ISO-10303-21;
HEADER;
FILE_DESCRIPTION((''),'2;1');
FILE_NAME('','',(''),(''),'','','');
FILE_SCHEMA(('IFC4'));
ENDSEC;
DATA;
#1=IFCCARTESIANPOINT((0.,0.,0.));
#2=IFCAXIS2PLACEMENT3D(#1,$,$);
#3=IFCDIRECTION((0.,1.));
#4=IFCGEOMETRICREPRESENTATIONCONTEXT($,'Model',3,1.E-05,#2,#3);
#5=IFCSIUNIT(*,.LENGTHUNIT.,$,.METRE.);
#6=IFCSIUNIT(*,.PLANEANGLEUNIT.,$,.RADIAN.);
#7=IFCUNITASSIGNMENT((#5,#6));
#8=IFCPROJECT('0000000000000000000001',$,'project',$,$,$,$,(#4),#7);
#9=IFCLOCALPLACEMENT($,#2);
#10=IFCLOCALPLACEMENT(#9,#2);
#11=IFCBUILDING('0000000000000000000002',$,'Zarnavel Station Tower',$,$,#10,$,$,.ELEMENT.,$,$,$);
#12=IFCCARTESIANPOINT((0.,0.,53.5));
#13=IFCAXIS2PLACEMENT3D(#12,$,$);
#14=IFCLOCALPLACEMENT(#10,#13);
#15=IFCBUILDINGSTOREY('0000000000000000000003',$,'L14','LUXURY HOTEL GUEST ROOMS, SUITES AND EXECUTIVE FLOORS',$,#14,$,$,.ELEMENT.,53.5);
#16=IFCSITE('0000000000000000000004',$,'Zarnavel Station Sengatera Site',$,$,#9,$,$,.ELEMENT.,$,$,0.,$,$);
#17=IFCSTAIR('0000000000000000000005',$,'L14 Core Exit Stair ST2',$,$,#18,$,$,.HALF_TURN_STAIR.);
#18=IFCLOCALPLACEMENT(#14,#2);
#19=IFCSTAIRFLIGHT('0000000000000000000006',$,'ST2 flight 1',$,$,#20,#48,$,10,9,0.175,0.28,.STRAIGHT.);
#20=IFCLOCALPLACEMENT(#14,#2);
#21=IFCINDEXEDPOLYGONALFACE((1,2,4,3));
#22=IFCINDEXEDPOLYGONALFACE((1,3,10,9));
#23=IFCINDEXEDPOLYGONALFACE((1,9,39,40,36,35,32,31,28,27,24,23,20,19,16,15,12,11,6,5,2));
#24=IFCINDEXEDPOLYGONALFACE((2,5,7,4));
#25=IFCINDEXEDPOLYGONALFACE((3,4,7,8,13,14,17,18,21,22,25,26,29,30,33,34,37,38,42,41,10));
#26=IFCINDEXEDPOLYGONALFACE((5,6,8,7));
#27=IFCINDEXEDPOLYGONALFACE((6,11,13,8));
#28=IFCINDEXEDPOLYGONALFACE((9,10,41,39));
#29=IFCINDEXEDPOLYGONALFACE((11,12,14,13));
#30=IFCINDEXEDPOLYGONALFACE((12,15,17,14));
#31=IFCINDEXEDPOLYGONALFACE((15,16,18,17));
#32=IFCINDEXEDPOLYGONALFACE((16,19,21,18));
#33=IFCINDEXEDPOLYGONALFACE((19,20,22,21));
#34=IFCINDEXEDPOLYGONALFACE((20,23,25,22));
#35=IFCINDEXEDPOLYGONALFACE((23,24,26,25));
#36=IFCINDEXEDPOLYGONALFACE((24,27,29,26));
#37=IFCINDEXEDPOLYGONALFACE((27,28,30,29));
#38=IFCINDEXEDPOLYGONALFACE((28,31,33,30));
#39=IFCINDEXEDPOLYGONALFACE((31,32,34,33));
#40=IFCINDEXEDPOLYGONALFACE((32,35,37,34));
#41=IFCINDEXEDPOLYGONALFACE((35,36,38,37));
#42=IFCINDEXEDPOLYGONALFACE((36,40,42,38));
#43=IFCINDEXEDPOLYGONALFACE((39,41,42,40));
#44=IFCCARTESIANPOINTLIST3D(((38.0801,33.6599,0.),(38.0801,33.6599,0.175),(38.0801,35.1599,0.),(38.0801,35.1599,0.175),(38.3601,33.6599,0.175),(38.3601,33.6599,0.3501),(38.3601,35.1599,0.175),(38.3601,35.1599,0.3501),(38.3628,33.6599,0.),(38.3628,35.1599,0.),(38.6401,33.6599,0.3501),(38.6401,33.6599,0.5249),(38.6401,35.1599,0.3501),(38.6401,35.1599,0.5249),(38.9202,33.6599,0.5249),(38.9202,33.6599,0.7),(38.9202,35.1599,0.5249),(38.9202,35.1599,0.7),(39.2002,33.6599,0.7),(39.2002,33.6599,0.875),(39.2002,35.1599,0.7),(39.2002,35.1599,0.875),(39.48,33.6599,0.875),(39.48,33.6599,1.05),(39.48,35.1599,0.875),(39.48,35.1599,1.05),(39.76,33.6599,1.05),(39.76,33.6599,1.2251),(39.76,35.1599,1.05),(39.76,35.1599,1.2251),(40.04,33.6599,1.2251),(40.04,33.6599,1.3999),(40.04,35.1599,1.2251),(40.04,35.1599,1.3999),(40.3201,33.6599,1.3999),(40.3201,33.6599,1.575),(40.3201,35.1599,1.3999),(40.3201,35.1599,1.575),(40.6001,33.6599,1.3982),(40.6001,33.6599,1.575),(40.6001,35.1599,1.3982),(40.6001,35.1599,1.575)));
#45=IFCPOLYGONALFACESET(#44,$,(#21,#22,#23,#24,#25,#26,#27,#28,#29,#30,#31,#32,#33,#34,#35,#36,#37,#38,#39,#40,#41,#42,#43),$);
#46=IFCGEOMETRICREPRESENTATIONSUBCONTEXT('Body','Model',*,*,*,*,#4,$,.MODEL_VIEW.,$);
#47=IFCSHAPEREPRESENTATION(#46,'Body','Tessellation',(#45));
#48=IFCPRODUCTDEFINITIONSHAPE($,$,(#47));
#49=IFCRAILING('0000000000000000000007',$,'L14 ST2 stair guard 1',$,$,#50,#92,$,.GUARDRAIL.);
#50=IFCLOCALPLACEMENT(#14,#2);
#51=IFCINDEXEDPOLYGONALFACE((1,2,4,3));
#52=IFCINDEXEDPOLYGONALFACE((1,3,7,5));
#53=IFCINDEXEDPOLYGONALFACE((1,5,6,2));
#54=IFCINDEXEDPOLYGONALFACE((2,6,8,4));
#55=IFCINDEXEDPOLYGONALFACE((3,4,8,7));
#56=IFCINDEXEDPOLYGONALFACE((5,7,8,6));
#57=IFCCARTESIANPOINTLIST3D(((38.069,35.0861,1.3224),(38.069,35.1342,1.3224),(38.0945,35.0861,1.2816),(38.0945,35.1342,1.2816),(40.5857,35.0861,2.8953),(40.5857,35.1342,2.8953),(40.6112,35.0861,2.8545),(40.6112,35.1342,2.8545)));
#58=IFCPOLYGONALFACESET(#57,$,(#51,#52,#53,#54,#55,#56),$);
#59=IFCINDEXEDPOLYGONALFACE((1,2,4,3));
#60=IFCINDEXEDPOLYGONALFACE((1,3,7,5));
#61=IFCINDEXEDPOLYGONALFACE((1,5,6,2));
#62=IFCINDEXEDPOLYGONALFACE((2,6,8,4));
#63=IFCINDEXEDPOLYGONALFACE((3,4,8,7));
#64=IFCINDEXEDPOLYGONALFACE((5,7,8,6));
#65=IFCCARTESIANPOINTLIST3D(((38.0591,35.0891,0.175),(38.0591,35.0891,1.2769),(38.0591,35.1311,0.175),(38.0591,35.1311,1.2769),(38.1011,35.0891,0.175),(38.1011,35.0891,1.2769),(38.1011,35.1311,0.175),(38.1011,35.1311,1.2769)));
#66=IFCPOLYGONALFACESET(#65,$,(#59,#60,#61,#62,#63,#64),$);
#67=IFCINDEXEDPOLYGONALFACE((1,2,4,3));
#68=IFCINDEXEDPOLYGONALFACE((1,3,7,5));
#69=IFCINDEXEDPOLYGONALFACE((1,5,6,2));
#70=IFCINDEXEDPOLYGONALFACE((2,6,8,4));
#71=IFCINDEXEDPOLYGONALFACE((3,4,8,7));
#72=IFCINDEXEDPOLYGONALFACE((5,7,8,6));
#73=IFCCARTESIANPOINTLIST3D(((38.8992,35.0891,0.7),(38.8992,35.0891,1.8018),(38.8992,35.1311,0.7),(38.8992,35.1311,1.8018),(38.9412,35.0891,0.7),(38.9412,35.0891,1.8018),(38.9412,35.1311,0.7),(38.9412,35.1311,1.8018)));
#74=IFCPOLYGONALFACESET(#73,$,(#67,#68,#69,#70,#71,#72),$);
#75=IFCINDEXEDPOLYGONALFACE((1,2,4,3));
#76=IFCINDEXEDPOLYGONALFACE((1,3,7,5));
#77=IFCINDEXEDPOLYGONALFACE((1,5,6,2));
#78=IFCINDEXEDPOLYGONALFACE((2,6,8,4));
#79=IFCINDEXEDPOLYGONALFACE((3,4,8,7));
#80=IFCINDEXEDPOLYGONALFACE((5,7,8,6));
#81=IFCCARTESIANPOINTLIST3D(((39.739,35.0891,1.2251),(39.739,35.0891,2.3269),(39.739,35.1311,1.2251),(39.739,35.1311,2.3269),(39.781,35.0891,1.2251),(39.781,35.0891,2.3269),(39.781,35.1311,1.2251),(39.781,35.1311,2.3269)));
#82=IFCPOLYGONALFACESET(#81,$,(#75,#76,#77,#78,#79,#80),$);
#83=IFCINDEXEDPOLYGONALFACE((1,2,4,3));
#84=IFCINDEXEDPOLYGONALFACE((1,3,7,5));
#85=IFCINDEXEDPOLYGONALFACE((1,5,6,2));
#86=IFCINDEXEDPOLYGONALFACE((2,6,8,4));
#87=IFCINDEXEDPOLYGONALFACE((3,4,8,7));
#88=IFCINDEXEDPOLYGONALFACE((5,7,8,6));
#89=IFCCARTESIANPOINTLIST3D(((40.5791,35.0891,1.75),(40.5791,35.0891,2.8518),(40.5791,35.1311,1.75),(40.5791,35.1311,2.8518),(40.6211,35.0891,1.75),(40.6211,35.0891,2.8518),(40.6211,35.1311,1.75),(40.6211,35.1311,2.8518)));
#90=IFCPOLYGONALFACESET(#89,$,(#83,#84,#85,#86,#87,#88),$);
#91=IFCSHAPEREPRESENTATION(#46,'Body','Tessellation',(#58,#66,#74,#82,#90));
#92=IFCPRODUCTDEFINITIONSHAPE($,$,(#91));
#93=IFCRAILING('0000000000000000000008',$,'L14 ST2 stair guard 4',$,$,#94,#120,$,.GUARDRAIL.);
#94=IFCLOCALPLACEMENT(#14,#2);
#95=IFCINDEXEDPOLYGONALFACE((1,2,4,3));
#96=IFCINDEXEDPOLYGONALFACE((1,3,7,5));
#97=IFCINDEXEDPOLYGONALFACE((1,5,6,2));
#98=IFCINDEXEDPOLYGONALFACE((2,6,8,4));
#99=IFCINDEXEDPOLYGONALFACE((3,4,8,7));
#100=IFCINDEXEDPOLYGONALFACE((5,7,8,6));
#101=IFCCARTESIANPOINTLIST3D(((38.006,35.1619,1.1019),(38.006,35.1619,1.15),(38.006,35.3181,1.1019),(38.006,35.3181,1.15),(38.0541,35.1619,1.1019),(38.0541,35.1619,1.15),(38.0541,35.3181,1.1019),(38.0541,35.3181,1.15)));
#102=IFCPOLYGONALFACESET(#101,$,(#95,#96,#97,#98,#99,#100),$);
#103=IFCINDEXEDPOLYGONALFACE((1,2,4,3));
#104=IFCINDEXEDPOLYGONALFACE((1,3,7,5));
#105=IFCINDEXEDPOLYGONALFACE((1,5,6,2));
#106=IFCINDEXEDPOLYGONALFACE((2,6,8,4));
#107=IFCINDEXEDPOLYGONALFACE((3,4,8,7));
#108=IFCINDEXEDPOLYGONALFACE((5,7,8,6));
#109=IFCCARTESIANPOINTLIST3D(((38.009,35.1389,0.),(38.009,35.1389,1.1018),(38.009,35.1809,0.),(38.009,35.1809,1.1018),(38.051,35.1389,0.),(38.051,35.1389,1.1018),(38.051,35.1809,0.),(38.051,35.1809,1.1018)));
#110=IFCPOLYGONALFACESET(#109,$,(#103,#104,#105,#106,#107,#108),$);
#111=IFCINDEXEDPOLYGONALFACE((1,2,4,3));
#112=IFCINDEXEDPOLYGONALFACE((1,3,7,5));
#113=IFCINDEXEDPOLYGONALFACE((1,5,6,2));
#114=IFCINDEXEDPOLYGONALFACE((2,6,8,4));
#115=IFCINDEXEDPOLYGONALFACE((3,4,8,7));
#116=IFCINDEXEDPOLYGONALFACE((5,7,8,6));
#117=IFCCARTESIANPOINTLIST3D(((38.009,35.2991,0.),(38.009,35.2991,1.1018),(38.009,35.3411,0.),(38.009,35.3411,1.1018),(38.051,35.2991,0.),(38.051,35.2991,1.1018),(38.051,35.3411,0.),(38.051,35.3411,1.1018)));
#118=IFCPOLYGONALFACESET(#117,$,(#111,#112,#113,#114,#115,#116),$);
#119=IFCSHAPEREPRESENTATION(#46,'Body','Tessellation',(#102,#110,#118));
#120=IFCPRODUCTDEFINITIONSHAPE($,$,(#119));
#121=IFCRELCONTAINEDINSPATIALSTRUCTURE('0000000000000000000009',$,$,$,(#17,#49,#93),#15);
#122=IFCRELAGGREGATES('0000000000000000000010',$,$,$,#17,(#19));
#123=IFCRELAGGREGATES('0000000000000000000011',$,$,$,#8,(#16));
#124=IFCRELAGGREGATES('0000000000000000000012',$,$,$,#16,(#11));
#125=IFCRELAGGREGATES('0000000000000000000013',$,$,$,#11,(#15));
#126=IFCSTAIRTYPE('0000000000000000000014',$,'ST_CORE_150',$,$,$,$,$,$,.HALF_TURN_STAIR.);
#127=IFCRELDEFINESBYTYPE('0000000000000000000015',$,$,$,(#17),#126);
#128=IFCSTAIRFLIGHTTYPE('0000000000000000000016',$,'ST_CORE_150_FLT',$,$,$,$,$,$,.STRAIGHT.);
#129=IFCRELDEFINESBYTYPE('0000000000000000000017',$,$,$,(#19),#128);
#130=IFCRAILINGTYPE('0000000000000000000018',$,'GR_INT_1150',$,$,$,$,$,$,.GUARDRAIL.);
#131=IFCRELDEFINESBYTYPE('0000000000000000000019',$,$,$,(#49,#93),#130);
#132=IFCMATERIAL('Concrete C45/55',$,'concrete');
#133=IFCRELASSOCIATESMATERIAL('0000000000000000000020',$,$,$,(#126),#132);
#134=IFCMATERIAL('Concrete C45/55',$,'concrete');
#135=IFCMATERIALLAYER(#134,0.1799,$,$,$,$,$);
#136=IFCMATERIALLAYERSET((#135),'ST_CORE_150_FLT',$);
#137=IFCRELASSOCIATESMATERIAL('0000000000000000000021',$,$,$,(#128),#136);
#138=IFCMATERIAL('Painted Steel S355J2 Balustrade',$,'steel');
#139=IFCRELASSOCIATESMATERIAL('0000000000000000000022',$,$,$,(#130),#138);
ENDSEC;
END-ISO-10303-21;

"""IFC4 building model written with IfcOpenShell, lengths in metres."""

from ifc_helpers import new_model, si_unit, direction, frame, origin, origin_2d, place, context, subcontext, project, spatial, polyline, rectangle, outline, extrude, material, layer, layer_set, type_object, element, aggregate, save


model = new_model("IFC4")

# Units and contexts
model_context = context("Model", 3, precision=1e-05, world=origin(), true_north=direction((0.0, 1.0)))
body_context = subcontext(model_context, "Body", "Model", "MODEL_VIEW")
ifc_project = project(units=[si_unit("LENGTHUNIT", "METRE"), si_unit("PLANEANGLEUNIT", "RADIAN")], contexts=[model_context])

# Site, building, storey
site_placement = place(None, origin())
site = spatial("IfcSite", under=ifc_project, at=site_placement, Name="Zarnavel Station Sengatera Site", CompositionType="ELEMENT", RefElevation=0.0)
building_placement = place(site_placement, origin())
building = spatial("IfcBuilding", under=site, at=building_placement, Name="Zarnavel Station Tower", CompositionType="ELEMENT")
storey_placement = place(building_placement, frame((0.0, 0.0, 53.5)))
storey = spatial("IfcBuildingStorey", under=building, at=storey_placement, Name="L14", Description="LUXURY HOTEL GUEST ROOMS, SUITES AND EXECUTIVE FLOORS", CompositionType="ELEMENT", Elevation=53.5)

# Stair, stair flight
ifc_material_1 = material(Name="Concrete C45/55", Category="concrete")
stair_type = type_object("IfcStairType", Name="ST_CORE_150", PredefinedType="HALF_TURN_STAIR", material=ifc_material_1)
stair_placement = place(storey_placement, origin())
stair = element("IfcStair", 1, at=stair_placement, inside=storey, type_object=stair_type, Name="L14 Core Exit Stair ST2", PredefinedType="HALF_TURN_STAIR")
ifc_material_2 = material(Name="Concrete C45/55", Category="concrete")
ifc_layer_1 = layer(ifc_material_2, 0.1799)
ifc_layer_set_1 = layer_set([ifc_layer_1], Name="ST_CORE_150_FLT")
stair_flight_type = type_object("IfcStairFlightType", Name="ST_CORE_150_FLT", PredefinedType="STRAIGHT", material=ifc_layer_set_1)
stair_flight_placement = place(storey_placement, frame((38.0801, 34.4099, 0.0), z_axis=(0.0, 0.0, 1.0), x_axis=(1.0, 0.0, 0.0)))
stair_flight = element("IfcStairFlight", 2, at=stair_flight_placement, type_object=stair_flight_type, Name="ST2 flight 1", NumberOfRisers=10, NumberOfTreads=9, PredefinedType="STRAIGHT", RiserHeight=0.175, TreadLength=0.28, context=body_context, shape_type="SweptSolid", body=[
    extrude(outline(polyline([(0.0, 0.0), (0.0, 0.175), (0.28, 0.175), (0.28, 0.3501), (0.5601, 0.3501), (0.5601, 0.5249), (0.8401, 0.5249), (0.8401, 0.7), (1.1201, 0.7), (1.1201, 0.875), (1.3999, 0.875), (1.3999, 1.05), (1.6799, 1.05), (1.6799, 1.2251), (1.96, 1.2251), (1.96, 1.3999), (2.24, 1.3999), (2.24, 1.575), (2.52, 1.575), (2.52, 1.75), (2.52, 1.3982), (0.2827, 0.0), (0.0, 0.0)])), frame((0.0, 0.75, 0.0), z_axis=(0.0, -1.0, 0.0), x_axis=(1.0, 0.0, 0.0)), (0.0, 0.0, 1.0), 1.5),
])
aggregate(stair, [stair_flight])

# Railings
ifc_material_3 = material(Name="Painted Steel S355J2 Balustrade", Category="steel")
railing_type = type_object("IfcRailingType", Name="GR_INT_1150", PredefinedType="GUARDRAIL", material=ifc_material_3)
railing_1_placement = place(storey_placement, frame((38.0801, 35.1101, 0.175)))
element("IfcRailing", 3, at=railing_1_placement, inside=storey, type_object=railing_type, Name="L14 ST2 stair guard 1", PredefinedType="GUARDRAIL", context=body_context, shape_type="SweptSolid", body=[
    extrude(rectangle(XDim=0.0481, YDim=0.0481, at=origin_2d()), frame((0.0017, 0.0, 1.127), z_axis=(0.848008, 0.0, 0.529984), x_axis=(0.0, 1.0, 0.0)), (0.0, 0.0, 1.0), 2.9678),
    extrude(rectangle(XDim=0.042, YDim=0.042, at=origin_2d()), origin(), (0.0, 0.0, 1.0), 1.1018),
    extrude(rectangle(XDim=0.042, YDim=0.042, at=origin_2d()), frame((0.8401, 0.0, 0.5249)), (0.0, 0.0, 1.0), 1.1018),
    extrude(rectangle(XDim=0.042, YDim=0.042, at=origin_2d()), frame((1.6799, 0.0, 1.05)), (0.0, 0.0, 1.0), 1.1018),
    extrude(rectangle(XDim=0.042, YDim=0.042, at=origin_2d()), frame((2.52, 0.0, 1.575)), (0.0, 0.0, 1.0), 1.1018),
])
railing_2_placement = place(storey_placement, frame((38.03, 35.1599, 0.0)))
element("IfcRailing", 4, at=railing_2_placement, inside=storey, type_object=railing_type, Name="L14 ST2 stair guard 4", PredefinedType="GUARDRAIL", context=body_context, shape_type="SweptSolid", body=[
    extrude(rectangle(XDim=0.0481, YDim=0.0481, at=origin_2d()), frame((0.0, 0.002, 1.126), z_axis=(0.0, 1.0, 0.0), x_axis=(-1.0, 0.0, 0.0)), (0.0, 0.0, 1.0), 0.1562),
    extrude(rectangle(XDim=0.042, YDim=0.042, at=origin_2d()), origin(), (0.0, 0.0, 1.0), 1.1018),
    extrude(rectangle(XDim=0.042, YDim=0.042, at=origin_2d()), frame((0.0, 0.1602, 0.0)), (0.0, 0.0, 1.0), 1.1018),
])

save(model, "model.ifc")
